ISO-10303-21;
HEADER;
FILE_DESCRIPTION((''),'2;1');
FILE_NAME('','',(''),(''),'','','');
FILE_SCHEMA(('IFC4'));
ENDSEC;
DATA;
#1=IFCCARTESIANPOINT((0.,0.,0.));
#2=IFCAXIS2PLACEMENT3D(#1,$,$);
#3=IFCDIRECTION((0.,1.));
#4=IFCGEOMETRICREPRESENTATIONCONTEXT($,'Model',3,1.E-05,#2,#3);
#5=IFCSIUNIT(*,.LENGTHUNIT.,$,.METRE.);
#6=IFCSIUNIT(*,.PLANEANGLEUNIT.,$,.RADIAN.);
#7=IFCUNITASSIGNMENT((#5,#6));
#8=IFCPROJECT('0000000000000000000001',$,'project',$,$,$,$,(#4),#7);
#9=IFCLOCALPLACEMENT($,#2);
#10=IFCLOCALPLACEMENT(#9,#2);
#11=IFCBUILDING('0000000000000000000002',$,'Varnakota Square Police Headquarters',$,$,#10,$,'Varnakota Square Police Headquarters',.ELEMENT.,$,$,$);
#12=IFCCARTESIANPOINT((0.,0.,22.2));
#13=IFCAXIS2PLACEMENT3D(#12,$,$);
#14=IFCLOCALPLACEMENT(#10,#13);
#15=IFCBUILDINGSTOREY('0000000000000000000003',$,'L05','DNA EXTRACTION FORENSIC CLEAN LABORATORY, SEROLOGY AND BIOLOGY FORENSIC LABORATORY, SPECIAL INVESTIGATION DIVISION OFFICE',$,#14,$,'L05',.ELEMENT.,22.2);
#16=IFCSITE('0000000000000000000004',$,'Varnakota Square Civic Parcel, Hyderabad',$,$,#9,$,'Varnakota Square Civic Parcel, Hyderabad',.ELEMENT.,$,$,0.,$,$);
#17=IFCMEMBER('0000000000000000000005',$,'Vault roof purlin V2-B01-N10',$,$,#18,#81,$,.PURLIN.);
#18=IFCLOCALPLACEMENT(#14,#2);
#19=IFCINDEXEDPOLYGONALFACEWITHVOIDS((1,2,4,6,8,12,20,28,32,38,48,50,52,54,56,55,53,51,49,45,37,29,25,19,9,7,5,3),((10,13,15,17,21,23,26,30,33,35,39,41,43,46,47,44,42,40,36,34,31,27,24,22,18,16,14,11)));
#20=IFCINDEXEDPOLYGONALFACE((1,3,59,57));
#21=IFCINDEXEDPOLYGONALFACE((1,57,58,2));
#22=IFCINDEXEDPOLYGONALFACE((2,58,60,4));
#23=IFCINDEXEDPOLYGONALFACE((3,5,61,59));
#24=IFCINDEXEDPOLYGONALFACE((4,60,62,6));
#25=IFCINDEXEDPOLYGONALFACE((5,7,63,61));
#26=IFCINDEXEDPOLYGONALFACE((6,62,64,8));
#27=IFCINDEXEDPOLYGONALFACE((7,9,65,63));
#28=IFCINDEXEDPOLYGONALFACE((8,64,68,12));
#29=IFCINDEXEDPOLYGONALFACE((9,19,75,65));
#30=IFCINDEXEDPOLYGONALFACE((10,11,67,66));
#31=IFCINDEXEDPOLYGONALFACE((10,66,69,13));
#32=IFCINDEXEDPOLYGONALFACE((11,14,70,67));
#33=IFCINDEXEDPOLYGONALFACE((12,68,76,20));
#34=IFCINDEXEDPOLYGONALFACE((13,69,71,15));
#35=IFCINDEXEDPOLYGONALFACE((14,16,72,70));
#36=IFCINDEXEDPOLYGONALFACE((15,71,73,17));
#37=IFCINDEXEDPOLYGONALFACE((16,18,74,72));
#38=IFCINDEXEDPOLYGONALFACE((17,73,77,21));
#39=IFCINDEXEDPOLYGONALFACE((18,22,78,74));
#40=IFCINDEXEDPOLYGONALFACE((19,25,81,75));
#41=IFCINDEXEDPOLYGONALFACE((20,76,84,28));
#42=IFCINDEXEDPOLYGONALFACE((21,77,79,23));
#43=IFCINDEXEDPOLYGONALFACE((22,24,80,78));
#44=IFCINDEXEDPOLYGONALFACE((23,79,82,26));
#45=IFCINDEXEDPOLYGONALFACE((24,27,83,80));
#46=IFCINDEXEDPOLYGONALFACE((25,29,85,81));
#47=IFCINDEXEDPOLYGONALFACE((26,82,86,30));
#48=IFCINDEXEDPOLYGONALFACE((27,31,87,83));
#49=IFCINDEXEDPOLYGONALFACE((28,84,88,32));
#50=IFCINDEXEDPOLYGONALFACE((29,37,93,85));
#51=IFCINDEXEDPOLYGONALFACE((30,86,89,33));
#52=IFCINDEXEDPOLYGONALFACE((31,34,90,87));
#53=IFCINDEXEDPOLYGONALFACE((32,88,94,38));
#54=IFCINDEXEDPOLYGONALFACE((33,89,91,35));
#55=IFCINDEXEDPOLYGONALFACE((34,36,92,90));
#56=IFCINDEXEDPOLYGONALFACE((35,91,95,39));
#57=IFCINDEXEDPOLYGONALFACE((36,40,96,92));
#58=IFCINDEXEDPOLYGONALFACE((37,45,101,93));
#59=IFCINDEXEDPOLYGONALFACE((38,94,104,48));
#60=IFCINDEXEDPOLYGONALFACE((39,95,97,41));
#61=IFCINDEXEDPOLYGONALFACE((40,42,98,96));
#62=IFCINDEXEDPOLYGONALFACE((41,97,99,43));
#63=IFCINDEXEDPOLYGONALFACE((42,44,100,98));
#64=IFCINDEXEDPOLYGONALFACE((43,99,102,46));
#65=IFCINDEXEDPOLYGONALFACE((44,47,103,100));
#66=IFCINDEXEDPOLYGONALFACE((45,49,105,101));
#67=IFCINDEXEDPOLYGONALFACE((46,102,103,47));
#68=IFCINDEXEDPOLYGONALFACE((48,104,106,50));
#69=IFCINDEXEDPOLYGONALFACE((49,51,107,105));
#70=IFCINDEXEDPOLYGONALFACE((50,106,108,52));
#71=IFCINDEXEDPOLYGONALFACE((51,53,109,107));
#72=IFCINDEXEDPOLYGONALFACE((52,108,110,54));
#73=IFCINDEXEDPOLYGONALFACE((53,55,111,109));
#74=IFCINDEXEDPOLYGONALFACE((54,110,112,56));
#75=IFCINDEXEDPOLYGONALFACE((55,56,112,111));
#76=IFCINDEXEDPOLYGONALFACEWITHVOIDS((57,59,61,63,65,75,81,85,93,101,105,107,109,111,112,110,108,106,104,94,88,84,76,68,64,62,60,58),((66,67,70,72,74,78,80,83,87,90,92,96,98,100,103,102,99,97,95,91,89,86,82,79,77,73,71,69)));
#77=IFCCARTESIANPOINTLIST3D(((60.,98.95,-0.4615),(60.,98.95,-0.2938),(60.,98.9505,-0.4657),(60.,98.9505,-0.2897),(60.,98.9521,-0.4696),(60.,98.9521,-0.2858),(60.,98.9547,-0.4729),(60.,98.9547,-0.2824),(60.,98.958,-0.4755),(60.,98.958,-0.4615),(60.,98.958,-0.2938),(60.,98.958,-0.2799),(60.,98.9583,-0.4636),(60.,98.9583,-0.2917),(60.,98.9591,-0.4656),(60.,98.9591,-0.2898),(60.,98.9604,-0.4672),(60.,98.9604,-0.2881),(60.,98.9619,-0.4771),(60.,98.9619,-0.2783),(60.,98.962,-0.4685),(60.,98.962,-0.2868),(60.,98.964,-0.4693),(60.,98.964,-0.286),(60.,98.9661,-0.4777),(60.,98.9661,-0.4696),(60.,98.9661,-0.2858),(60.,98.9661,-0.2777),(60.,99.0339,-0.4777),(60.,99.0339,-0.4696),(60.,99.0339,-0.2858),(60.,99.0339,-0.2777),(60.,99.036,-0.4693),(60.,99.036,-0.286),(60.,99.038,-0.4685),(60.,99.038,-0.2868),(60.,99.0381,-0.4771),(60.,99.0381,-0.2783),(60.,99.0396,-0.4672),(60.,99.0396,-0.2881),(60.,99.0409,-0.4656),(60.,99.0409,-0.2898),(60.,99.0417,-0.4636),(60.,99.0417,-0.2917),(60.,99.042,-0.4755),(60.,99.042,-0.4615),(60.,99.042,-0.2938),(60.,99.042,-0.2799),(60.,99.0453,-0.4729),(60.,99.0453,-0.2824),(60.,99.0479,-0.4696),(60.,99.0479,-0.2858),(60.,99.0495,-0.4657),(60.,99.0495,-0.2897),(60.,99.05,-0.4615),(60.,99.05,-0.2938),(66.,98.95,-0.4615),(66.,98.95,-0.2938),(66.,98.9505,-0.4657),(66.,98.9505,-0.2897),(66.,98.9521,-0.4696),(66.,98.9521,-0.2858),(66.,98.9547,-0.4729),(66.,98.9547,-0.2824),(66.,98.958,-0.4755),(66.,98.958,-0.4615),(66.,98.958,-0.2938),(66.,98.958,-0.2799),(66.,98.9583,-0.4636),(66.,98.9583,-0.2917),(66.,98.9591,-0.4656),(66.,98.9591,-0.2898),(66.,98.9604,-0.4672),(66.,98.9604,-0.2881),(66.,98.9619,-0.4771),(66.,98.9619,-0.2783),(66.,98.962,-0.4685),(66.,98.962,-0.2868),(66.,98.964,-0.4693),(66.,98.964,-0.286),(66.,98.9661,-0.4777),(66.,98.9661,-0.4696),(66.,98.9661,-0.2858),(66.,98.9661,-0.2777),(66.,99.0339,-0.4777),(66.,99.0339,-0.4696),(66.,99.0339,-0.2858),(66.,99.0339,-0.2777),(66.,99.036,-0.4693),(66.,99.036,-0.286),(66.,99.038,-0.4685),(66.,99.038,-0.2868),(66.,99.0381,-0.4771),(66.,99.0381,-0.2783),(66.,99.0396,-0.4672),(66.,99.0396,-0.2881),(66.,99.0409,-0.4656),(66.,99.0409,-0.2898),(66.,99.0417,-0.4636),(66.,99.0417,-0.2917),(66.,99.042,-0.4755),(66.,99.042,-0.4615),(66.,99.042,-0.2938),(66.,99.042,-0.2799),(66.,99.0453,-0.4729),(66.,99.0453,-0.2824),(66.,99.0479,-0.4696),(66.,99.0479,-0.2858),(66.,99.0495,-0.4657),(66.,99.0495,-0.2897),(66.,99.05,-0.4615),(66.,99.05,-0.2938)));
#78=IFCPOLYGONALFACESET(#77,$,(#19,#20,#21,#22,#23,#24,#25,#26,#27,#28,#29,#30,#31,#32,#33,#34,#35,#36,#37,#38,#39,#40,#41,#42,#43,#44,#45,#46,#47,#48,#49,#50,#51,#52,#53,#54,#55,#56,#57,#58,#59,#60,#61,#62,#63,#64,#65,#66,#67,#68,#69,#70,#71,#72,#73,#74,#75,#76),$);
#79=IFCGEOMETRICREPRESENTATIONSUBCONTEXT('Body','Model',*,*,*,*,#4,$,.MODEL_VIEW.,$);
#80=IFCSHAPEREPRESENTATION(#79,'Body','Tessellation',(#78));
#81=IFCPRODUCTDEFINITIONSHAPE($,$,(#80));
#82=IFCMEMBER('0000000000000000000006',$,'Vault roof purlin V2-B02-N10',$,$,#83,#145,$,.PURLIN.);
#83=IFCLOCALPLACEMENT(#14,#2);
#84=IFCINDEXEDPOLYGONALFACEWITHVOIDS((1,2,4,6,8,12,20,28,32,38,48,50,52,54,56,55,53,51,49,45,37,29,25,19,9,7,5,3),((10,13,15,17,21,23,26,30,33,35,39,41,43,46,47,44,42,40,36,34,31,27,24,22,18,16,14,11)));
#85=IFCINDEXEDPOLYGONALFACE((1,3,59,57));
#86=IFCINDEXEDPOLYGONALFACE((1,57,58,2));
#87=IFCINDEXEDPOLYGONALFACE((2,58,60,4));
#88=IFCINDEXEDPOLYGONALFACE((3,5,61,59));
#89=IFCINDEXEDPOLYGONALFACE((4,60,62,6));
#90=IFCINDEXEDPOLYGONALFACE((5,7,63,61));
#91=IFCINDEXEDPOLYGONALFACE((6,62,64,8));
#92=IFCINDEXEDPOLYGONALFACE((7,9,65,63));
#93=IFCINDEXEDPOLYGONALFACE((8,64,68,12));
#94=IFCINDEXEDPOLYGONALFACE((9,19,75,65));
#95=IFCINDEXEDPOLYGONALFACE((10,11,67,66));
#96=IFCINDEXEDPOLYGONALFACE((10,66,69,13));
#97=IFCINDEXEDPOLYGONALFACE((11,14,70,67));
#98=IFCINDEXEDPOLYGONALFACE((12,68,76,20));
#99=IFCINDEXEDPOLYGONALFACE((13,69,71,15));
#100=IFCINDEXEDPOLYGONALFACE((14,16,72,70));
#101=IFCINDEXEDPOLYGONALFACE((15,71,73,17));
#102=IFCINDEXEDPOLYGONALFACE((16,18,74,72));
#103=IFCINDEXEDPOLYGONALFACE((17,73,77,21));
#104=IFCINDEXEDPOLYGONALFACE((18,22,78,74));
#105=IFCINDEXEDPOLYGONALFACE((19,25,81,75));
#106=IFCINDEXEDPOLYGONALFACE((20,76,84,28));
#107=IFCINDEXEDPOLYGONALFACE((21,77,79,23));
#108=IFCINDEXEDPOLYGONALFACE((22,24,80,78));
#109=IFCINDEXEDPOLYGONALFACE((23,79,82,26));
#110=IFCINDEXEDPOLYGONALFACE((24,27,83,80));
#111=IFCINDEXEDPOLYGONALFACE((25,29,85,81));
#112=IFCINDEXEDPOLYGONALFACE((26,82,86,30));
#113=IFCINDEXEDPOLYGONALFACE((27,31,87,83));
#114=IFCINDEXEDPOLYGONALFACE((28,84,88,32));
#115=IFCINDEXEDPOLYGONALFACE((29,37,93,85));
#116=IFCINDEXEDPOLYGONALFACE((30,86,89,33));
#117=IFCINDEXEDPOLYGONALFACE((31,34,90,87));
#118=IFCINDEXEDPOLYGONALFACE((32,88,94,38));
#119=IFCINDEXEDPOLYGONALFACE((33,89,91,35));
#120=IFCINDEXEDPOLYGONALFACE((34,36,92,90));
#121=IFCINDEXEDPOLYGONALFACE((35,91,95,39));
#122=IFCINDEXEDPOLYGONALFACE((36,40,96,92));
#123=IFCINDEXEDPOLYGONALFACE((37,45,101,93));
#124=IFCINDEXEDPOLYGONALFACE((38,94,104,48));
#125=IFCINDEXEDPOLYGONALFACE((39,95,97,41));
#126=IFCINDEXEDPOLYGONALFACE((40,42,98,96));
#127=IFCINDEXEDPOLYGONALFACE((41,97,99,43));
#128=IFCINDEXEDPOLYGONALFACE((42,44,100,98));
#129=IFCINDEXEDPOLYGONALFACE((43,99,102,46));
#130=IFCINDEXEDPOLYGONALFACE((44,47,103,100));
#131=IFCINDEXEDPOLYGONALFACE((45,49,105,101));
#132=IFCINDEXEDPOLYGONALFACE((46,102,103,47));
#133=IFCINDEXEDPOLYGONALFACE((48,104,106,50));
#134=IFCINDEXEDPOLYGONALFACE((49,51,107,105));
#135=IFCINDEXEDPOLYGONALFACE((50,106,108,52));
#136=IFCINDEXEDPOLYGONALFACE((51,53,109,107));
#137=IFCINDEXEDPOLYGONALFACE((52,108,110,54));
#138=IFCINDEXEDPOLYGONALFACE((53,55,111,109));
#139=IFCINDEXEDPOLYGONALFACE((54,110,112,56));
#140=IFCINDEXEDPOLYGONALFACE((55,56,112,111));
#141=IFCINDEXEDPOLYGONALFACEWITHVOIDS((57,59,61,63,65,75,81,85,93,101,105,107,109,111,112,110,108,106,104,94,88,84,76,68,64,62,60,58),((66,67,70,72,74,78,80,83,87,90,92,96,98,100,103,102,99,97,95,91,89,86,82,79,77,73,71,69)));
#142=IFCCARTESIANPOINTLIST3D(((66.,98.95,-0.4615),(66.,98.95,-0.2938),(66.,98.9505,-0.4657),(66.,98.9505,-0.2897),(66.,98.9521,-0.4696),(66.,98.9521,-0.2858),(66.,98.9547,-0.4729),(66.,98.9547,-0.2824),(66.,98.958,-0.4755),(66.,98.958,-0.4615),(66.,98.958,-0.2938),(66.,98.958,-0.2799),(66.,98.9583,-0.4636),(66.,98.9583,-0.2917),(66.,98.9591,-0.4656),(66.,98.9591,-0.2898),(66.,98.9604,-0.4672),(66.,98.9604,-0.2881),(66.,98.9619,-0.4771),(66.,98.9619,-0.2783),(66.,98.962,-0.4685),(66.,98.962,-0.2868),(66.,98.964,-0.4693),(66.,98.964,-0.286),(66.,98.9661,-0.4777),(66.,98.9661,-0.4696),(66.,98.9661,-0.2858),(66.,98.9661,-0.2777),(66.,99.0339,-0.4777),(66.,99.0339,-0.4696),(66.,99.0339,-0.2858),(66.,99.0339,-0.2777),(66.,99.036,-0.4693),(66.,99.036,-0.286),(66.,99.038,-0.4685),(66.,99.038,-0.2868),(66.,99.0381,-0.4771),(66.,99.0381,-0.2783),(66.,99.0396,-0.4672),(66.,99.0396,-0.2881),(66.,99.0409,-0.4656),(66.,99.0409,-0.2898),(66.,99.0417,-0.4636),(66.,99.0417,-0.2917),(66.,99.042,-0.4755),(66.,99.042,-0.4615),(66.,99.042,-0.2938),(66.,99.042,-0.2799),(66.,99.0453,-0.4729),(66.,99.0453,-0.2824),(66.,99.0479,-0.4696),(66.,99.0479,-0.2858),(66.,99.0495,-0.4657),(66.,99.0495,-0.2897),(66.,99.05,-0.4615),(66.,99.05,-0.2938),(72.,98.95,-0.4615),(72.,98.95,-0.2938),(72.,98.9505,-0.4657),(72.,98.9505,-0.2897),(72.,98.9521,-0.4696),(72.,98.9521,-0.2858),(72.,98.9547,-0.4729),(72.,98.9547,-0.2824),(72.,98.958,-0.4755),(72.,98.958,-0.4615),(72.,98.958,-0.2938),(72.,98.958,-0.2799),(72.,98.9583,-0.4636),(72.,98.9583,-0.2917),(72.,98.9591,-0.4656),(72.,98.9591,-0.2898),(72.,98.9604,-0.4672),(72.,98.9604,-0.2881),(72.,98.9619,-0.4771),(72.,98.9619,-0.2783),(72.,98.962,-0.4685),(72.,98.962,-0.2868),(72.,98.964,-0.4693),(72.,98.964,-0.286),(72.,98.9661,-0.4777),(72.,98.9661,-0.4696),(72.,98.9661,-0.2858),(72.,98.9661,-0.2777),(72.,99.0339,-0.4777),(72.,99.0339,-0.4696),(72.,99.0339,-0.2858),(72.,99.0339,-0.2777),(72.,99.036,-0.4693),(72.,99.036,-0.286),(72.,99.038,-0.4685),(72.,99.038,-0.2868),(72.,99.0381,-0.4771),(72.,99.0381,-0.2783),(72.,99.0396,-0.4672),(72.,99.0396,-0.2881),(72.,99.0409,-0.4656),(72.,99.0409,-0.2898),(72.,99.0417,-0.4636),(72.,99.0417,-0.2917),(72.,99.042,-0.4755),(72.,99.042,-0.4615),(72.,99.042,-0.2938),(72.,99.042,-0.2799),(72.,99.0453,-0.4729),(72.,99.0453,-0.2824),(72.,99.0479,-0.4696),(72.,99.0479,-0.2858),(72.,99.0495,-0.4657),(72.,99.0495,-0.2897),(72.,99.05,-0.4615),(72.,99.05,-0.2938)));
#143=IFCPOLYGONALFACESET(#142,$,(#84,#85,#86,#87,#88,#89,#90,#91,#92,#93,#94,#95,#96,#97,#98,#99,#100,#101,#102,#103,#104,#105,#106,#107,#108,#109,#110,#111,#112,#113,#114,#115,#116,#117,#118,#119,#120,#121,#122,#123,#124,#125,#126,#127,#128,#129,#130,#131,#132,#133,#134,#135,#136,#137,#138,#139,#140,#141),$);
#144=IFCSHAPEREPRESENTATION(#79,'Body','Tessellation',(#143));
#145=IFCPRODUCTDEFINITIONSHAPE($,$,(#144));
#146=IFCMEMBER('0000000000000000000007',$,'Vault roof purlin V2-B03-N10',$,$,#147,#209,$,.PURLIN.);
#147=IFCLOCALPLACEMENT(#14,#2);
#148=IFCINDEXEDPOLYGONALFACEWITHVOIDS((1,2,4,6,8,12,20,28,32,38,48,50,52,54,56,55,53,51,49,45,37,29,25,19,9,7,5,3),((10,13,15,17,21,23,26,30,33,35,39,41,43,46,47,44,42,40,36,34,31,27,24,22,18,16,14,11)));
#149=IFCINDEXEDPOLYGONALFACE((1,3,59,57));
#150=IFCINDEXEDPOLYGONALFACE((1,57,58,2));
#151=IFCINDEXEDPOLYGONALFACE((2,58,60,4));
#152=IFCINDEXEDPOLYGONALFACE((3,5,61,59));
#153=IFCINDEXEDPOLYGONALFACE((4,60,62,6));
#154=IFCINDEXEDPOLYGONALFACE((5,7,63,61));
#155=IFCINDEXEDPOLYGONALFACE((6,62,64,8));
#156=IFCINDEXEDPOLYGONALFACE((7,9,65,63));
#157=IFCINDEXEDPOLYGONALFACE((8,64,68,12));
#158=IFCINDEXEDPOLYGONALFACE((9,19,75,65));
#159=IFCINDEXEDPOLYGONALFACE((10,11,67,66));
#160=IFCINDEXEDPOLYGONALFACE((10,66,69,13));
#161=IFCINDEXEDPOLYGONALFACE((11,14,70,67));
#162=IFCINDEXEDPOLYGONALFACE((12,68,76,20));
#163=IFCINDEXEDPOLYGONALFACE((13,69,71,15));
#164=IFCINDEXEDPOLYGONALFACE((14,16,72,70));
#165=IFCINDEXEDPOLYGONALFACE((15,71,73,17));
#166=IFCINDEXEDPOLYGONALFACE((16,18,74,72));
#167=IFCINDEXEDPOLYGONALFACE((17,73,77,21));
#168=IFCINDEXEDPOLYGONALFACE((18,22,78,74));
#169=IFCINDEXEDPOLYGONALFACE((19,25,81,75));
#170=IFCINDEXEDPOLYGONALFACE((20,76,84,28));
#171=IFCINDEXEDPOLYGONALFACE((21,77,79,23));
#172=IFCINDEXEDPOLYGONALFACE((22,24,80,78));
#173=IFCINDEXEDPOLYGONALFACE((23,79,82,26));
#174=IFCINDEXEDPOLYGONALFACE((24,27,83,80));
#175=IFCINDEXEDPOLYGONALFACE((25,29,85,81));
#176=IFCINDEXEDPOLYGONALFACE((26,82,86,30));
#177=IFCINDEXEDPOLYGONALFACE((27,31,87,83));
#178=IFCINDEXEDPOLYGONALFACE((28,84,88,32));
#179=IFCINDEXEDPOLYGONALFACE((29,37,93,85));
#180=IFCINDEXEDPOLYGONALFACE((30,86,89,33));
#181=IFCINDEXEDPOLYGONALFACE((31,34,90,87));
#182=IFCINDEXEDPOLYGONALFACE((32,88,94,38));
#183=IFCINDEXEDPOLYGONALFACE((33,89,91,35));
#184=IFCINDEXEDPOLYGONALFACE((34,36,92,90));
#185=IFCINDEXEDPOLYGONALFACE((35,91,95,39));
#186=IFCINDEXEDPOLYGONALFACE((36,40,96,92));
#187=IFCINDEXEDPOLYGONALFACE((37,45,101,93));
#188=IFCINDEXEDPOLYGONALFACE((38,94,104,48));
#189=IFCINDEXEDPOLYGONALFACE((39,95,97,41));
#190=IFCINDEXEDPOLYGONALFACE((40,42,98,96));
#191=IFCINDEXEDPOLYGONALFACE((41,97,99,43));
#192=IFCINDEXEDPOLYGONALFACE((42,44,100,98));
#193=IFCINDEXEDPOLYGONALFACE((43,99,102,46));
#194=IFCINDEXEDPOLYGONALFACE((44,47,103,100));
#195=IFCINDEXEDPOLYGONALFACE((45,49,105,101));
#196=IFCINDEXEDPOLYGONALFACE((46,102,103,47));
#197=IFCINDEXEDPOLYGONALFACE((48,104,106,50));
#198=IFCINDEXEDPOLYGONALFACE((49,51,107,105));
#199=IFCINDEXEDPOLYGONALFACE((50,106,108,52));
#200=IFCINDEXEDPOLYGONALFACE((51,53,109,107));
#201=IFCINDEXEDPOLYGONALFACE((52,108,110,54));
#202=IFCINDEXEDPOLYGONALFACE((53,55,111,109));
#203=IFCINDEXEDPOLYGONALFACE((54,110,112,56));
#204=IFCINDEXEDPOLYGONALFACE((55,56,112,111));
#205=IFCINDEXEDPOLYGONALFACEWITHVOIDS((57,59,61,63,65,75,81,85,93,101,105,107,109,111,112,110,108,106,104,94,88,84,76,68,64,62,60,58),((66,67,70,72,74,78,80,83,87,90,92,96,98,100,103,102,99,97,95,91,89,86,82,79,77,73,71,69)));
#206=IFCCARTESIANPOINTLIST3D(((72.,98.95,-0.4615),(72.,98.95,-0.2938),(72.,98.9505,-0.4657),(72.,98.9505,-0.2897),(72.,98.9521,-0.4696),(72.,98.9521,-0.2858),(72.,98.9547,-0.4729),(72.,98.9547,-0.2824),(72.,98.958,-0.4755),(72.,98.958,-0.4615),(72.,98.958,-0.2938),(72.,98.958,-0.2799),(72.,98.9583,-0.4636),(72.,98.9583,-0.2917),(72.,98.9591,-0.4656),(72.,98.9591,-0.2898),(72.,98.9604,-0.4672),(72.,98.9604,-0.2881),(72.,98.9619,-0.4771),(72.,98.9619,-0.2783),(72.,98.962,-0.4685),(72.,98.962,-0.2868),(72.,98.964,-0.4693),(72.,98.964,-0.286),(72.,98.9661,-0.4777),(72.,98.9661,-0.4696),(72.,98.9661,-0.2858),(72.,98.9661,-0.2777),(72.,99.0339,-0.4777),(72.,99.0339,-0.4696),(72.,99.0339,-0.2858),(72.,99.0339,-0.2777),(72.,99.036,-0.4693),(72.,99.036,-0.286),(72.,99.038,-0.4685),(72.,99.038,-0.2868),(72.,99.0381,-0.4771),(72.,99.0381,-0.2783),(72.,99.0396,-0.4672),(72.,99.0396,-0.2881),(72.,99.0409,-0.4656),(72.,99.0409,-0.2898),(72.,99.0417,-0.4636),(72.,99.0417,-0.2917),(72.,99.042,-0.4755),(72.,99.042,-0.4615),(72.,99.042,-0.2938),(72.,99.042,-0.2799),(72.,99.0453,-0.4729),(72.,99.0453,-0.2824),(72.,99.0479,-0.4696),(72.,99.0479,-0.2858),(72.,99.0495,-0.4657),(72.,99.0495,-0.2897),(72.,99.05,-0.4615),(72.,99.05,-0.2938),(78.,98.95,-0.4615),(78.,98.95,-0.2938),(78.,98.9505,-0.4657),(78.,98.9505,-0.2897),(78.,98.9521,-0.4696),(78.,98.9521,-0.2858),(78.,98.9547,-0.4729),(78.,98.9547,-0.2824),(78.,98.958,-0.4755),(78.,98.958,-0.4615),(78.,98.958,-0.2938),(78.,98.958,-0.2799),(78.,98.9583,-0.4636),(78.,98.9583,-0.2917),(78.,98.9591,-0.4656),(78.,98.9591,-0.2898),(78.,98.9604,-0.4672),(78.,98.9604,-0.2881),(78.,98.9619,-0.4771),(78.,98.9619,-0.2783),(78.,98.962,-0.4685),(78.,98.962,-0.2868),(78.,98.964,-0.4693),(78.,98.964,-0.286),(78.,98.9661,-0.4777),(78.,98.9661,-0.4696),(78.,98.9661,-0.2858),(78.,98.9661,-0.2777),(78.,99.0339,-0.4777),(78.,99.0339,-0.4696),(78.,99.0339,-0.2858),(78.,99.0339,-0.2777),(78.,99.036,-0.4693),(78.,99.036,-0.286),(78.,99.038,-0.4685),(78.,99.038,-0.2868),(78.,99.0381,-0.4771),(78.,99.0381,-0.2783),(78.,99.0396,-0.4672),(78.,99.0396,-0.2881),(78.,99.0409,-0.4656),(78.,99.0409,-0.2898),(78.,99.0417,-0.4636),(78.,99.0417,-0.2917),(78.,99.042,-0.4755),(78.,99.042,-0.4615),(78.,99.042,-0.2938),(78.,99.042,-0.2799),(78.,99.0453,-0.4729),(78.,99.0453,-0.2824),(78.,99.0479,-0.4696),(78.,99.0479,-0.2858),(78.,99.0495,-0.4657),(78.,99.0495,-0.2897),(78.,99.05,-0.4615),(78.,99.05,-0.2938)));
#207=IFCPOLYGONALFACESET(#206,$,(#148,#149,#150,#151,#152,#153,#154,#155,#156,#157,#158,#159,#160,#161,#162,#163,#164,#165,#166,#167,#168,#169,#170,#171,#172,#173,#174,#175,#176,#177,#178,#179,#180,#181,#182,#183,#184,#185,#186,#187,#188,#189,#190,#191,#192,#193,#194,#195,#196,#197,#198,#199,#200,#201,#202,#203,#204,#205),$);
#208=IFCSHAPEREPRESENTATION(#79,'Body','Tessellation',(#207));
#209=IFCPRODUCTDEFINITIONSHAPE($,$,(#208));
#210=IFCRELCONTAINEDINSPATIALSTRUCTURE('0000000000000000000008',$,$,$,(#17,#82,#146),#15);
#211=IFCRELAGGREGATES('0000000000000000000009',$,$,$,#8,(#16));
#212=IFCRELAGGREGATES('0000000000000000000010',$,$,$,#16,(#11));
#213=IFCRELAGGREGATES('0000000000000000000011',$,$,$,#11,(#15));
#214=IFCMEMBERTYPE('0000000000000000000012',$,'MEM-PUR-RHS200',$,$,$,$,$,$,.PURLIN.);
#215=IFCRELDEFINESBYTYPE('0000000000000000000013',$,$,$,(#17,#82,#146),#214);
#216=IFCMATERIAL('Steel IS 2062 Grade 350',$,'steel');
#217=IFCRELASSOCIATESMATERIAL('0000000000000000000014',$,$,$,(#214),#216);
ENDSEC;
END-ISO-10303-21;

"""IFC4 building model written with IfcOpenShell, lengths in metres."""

from ifc_helpers import new_model, si_unit, direction, frame, origin, origin_2d, place, context, subcontext, project, spatial, hollow_rectangle, extrude, material, material_profile, profile_set, type_object, element, save


model = new_model("IFC4")

# Units and contexts
model_context = context("Model", 3, precision=1e-05, world=origin(), true_north=direction((0.0, 1.0)))
body_context = subcontext(model_context, "Body", "Model", "MODEL_VIEW")
ifc_project = project(units=[si_unit("LENGTHUNIT", "METRE"), si_unit("PLANEANGLEUNIT", "RADIAN")], contexts=[model_context])

# Site, building, storey
site_placement = place(None, origin())
site = spatial("IfcSite", under=ifc_project, at=site_placement, Name="Varnakota Square Civic Parcel, Hyderabad", LongName="Varnakota Square Civic Parcel, Hyderabad", CompositionType="ELEMENT", RefElevation=0.0)
building_placement = place(site_placement, origin())
building = spatial("IfcBuilding", under=site, at=building_placement, Name="Varnakota Square Police Headquarters", LongName="Varnakota Square Police Headquarters", CompositionType="ELEMENT")
storey_placement = place(building_placement, frame((0.0, 0.0, 22.2)))
storey = spatial("IfcBuildingStorey", under=building, at=storey_placement, Name="L05", Description="DNA EXTRACTION FORENSIC CLEAN LABORATORY, SEROLOGY AND BIOLOGY FORENSIC LABORATORY, SPECIAL INVESTIGATION DIVISION OFFICE", LongName="L05", CompositionType="ELEMENT", Elevation=22.2)

# Shared definitions
ifc_material_1 = material(Name="Steel IS 2062 Grade 350", Category="steel")

# Members
ifc_material_profile_1 = material_profile(ifc_material_1, hollow_rectangle(XDim=0.1001, YDim=0.2, WallThickness=0.0081, InnerFilletRadius=0.0081, OuterFilletRadius=0.0161, at=origin_2d()), Name="RHS 200x100x8")
ifc_profile_set_1 = profile_set([ifc_material_profile_1], Name="Steel IS 2062 Grade 350")
member_type_1 = type_object("IfcMemberType", Name="MEM-PUR-RHS200", PredefinedType="PURLIN", material=ifc_profile_set_1)
for number, where, z_axis, x_axis, name in (
    (1, (60.0, 99.0, -0.3777), (1.0, 0.0, 0.0), (0.0, 1.0, 0.0), "Vault roof purlin V2-B01-N10"),
    (2, (66.0, 99.0, -0.3777), (1.0, 0.0, 0.0), (0.0, 1.0, 0.0), "Vault roof purlin V2-B02-N10"),
    (3, (72.0, 99.0, -0.3777), (1.0, 0.0, 0.0), (0.0, 1.0, 0.0), "Vault roof purlin V2-B03-N10"),
):
    element("IfcMember", number, at=place(storey_placement, frame(where, z_axis=z_axis, x_axis=x_axis)), inside=storey, type_object=member_type_1, Name=name, PredefinedType="PURLIN", context=body_context, shape_type="SweptSolid", body=[
        extrude(hollow_rectangle(XDim=0.1001, YDim=0.2, WallThickness=0.0081, InnerFilletRadius=0.0081, OuterFilletRadius=0.0161, at=origin_2d()), origin(), (0.0, 0.0, 1.0), 6.0),
    ])

save(model, "model.ifc")
